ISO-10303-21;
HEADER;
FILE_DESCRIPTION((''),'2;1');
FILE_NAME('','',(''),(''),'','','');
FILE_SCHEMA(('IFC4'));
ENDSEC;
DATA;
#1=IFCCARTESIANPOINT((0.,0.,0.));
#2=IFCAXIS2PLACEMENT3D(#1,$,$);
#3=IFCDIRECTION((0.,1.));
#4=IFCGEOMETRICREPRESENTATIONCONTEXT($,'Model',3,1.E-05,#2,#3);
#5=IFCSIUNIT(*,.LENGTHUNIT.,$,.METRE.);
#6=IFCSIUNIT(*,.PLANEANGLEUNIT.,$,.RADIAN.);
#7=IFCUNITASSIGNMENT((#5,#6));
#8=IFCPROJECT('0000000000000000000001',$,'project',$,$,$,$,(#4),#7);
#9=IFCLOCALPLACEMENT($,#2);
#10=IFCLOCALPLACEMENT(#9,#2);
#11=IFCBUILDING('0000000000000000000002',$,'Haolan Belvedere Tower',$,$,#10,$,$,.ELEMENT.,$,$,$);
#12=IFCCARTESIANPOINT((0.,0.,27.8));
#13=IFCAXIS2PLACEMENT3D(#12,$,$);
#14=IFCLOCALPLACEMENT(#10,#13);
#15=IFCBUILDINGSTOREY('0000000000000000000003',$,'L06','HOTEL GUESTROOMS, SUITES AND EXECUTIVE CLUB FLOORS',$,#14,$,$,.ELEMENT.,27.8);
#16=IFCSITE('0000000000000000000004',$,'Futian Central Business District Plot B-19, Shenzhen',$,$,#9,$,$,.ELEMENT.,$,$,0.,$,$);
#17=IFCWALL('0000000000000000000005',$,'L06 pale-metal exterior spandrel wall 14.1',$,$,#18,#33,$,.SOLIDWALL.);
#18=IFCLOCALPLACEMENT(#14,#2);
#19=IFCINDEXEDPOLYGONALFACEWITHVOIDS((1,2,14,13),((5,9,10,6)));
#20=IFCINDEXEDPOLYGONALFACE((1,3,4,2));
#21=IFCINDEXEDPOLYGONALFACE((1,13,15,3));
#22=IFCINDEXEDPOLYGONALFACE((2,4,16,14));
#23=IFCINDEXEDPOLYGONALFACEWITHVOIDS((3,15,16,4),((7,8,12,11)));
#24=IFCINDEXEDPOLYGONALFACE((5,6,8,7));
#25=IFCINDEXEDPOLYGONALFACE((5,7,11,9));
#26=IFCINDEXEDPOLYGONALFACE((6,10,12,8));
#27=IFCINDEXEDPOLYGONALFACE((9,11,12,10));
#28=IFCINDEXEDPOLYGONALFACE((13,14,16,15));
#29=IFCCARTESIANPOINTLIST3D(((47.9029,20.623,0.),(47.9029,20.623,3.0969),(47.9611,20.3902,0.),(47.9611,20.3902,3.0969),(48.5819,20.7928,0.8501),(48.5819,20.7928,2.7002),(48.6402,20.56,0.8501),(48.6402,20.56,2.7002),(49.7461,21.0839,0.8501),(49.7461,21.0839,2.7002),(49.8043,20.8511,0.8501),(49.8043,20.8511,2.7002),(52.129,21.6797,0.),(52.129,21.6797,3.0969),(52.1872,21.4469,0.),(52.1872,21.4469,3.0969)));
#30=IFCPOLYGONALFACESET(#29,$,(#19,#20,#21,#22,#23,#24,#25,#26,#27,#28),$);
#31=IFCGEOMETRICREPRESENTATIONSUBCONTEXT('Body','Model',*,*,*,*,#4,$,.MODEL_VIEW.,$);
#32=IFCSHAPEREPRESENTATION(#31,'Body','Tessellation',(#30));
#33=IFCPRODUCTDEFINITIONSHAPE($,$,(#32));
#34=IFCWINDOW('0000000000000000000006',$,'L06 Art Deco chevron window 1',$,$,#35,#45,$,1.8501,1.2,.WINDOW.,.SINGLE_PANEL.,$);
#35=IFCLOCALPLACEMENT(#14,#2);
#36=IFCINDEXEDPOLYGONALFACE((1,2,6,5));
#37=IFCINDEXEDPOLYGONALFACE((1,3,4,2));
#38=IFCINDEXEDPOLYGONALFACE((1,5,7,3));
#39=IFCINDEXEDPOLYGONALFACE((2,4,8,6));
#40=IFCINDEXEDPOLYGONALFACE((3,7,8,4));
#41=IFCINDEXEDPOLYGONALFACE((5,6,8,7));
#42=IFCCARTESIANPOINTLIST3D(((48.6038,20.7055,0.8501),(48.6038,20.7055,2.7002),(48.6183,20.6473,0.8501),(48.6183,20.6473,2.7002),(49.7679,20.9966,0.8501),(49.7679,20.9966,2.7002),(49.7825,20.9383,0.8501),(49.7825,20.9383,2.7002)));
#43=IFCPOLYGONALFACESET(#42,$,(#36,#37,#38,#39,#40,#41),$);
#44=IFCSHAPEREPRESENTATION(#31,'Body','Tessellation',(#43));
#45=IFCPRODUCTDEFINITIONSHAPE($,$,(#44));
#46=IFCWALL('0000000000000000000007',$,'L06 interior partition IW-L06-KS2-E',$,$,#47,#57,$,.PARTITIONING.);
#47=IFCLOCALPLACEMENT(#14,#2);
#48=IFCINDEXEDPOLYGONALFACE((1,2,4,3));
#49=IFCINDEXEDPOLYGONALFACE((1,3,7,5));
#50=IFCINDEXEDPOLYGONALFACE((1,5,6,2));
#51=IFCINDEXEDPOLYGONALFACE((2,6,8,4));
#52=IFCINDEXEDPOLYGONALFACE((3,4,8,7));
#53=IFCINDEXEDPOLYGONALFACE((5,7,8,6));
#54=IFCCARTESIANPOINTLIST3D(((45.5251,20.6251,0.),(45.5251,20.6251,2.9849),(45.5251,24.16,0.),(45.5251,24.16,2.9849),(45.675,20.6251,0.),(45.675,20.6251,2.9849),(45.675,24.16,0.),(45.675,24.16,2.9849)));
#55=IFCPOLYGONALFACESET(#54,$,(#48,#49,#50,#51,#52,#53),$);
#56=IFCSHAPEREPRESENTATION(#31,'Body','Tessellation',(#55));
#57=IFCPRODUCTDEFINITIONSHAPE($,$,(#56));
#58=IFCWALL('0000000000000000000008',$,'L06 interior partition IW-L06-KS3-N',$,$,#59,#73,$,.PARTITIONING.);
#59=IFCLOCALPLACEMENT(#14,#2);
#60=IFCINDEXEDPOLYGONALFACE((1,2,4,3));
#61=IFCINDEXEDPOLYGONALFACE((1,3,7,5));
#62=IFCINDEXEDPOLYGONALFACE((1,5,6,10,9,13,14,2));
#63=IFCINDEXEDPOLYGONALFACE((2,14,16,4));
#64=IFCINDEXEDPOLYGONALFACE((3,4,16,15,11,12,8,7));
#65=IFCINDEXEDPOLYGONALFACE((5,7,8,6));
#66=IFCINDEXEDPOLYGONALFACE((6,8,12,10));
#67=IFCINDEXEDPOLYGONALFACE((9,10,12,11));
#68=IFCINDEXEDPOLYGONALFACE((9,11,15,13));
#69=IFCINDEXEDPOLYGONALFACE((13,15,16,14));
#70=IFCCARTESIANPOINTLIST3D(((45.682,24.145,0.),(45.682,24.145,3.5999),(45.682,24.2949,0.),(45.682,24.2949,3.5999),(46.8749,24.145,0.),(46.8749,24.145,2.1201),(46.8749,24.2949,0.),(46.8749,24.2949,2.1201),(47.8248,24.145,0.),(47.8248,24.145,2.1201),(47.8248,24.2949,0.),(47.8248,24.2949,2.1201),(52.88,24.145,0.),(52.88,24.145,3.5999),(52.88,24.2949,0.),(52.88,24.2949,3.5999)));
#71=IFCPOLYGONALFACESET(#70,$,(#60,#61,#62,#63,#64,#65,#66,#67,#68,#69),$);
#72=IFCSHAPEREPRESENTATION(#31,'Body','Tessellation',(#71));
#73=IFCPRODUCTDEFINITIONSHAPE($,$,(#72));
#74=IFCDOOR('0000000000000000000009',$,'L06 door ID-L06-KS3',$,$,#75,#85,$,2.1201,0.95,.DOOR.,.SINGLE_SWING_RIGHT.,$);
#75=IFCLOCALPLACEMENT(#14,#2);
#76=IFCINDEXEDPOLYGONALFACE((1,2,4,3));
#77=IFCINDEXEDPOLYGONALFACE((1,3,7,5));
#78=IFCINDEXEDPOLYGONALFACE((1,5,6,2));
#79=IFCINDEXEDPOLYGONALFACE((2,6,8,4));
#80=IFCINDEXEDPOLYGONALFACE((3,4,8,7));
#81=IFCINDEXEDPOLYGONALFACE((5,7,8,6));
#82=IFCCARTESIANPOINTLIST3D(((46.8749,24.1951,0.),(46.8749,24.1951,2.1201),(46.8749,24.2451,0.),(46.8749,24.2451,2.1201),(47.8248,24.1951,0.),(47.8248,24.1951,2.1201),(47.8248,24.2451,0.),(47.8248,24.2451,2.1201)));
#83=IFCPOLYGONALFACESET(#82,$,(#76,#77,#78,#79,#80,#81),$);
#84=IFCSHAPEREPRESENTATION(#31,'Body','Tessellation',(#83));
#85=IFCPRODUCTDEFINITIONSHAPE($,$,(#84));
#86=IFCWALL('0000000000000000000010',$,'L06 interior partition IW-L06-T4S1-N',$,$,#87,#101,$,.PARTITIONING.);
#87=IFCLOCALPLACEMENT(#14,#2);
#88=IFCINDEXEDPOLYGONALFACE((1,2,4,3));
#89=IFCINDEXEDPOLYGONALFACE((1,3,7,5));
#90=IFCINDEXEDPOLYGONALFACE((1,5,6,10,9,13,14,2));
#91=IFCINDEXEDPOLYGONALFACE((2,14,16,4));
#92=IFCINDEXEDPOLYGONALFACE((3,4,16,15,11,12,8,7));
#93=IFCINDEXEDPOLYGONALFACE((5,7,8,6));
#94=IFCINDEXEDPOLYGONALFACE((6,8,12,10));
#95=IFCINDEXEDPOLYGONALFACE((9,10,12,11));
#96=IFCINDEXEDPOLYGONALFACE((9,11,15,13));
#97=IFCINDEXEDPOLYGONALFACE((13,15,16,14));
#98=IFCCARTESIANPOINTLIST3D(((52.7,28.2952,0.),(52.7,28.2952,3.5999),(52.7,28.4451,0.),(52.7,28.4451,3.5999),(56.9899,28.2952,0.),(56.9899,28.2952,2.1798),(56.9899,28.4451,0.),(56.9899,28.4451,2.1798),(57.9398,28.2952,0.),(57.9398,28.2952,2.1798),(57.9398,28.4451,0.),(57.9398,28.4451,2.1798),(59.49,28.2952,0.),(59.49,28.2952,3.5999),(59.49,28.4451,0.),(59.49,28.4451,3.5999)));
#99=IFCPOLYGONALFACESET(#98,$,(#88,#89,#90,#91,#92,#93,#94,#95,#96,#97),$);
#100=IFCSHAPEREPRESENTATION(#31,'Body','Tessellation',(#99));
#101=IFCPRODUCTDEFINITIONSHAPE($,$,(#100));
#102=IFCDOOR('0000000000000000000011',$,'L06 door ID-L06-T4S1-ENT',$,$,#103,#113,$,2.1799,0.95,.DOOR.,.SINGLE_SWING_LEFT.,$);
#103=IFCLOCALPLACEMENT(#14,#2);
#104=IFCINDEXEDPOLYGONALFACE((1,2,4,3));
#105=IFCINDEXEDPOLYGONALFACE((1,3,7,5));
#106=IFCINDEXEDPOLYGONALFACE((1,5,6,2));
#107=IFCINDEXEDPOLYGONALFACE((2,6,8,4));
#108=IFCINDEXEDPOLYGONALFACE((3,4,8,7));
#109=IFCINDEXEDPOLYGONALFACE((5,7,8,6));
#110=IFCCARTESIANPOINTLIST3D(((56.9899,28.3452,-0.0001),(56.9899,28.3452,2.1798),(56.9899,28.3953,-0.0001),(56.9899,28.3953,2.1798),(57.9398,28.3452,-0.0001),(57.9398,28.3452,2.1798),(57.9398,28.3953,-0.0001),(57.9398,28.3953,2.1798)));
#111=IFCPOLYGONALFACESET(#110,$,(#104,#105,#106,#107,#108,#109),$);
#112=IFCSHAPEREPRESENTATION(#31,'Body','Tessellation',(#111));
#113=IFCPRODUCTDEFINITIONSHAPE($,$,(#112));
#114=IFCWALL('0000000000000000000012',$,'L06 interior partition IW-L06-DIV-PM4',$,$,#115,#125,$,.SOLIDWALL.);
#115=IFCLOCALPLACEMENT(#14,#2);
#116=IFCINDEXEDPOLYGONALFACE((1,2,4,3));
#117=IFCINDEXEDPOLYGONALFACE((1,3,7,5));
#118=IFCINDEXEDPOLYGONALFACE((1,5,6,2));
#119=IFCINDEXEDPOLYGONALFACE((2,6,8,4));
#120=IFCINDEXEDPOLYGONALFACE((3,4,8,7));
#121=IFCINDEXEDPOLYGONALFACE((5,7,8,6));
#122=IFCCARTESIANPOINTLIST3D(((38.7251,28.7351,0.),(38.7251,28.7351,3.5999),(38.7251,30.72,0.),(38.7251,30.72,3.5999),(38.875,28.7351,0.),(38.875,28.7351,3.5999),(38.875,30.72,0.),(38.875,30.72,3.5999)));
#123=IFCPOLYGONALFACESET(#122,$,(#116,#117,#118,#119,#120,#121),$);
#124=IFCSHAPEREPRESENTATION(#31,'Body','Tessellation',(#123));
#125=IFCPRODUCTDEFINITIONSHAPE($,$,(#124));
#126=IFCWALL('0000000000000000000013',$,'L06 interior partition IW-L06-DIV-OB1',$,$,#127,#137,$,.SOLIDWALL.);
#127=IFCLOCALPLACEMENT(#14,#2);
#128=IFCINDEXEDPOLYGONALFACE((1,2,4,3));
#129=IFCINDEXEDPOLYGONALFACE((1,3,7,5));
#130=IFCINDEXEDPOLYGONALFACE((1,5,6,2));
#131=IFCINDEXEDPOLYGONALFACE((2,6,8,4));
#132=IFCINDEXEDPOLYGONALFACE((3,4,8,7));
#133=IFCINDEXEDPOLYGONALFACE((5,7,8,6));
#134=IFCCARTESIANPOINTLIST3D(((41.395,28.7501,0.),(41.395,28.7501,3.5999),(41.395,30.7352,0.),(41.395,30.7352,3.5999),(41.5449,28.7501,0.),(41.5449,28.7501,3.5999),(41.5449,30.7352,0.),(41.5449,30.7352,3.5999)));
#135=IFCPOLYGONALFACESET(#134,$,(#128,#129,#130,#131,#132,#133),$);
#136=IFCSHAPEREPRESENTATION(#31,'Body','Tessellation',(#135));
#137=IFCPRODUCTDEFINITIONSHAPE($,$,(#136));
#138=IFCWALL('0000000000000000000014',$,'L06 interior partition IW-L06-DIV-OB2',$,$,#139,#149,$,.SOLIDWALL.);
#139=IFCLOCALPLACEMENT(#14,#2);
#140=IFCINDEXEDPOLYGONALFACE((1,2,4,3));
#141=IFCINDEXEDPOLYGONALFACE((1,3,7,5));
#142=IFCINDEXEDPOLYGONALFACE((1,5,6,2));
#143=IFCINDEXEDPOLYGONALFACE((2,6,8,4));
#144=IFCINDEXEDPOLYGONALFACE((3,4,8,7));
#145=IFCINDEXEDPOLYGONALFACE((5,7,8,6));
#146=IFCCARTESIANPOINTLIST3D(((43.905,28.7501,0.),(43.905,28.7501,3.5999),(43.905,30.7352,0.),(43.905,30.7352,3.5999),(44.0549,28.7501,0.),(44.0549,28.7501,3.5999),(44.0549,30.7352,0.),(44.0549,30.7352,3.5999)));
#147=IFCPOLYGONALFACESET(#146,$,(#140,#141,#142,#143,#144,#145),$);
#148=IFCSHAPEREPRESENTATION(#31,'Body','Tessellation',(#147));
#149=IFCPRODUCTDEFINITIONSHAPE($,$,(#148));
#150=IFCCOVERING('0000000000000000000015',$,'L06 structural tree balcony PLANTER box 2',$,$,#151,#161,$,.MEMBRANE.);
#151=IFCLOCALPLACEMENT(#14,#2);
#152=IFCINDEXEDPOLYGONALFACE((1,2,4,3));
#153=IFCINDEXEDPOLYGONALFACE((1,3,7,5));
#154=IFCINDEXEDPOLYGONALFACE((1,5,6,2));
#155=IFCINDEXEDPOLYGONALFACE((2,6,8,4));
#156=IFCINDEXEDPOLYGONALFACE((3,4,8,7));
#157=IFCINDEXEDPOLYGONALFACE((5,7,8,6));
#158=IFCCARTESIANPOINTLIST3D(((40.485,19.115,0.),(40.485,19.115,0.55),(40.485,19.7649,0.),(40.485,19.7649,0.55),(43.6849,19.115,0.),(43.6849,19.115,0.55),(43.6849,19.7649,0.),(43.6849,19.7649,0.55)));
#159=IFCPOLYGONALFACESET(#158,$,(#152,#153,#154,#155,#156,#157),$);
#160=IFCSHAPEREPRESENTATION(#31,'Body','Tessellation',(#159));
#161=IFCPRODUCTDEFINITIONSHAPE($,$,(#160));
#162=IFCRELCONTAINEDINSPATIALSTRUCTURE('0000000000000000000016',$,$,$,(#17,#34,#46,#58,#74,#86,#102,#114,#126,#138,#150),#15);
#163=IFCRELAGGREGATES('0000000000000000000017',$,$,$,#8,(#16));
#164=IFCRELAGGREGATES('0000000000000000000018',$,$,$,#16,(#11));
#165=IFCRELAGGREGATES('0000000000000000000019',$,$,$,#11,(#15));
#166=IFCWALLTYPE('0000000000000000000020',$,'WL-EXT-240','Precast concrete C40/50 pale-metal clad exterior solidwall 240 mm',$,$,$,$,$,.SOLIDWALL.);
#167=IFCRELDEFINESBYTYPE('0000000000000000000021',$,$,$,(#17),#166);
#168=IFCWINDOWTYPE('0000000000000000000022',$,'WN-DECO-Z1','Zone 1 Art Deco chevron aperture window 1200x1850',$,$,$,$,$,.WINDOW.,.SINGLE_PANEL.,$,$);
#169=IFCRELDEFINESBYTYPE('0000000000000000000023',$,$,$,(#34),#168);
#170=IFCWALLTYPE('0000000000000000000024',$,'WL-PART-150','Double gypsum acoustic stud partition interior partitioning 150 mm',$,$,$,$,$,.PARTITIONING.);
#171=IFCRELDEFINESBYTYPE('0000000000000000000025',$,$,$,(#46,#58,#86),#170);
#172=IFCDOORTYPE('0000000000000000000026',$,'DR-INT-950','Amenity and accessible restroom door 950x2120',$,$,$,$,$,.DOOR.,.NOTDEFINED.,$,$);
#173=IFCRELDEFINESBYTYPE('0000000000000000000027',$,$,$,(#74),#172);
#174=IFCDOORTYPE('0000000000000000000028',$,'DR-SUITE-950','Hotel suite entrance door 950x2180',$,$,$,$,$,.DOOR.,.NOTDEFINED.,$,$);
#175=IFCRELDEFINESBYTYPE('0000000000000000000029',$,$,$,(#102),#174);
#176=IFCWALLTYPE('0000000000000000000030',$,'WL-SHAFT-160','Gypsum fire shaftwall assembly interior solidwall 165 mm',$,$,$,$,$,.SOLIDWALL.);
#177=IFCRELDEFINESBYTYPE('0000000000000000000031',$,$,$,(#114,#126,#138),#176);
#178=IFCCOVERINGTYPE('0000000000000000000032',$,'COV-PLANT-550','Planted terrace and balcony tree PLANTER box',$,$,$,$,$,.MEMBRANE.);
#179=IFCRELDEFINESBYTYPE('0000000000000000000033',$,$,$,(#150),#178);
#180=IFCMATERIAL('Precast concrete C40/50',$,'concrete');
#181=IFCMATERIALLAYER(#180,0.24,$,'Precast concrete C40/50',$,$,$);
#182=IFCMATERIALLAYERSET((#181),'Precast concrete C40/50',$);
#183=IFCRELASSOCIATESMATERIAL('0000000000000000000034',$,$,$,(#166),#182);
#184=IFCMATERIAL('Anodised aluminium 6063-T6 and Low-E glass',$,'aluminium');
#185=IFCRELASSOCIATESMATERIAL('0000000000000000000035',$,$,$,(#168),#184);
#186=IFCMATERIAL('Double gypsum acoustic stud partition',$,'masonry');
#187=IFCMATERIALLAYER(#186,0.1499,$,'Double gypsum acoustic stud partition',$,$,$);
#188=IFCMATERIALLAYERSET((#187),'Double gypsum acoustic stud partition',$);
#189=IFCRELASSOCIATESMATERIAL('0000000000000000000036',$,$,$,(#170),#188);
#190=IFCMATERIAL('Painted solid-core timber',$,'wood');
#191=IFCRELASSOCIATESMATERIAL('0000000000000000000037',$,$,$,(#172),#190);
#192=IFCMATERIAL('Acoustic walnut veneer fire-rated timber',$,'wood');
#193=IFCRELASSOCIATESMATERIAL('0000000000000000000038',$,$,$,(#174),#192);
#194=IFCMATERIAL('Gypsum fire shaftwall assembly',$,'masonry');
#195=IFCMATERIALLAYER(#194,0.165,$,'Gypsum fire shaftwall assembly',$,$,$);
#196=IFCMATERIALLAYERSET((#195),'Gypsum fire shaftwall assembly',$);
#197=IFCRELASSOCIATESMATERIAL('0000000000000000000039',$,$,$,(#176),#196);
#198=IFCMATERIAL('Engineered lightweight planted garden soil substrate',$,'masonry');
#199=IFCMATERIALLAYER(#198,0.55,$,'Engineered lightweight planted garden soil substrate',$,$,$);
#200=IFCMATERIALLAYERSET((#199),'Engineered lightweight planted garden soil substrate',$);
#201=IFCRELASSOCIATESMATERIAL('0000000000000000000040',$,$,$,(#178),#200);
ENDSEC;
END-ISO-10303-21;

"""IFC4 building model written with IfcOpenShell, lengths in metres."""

from ifc_helpers import new_model, si_unit, direction, frame, frame_2d, origin, origin_2d, place, context, subcontext, project, spatial, rectangle, extrude, material, layer, layer_set, type_object, element, fill, save


model = new_model("IFC4")

# Units and contexts
model_context = context("Model", 3, precision=1e-05, world=origin(), true_north=direction((0.0, 1.0)))
body_context = subcontext(model_context, "Body", "Model", "MODEL_VIEW")
ifc_project = project(units=[si_unit("LENGTHUNIT", "METRE"), si_unit("PLANEANGLEUNIT", "RADIAN")], contexts=[model_context])

# Site, building, storey
site_placement = place(None, origin())
site = spatial("IfcSite", under=ifc_project, at=site_placement, Name="Futian Central Business District Plot B-19, Shenzhen", CompositionType="ELEMENT", RefElevation=0.0)
building_placement = place(site_placement, origin())
building = spatial("IfcBuilding", under=site, at=building_placement, Name="Haolan Belvedere Tower", CompositionType="ELEMENT")
storey_placement = place(building_placement, frame((0.0, 0.0, 27.8)))
storey = spatial("IfcBuildingStorey", under=building, at=storey_placement, Name="L06", Description="HOTEL GUESTROOMS, SUITES AND EXECUTIVE CLUB FLOORS", CompositionType="ELEMENT", Elevation=27.8)

# Wall, opening, window
ifc_material_1 = material(Name="Precast concrete C40/50", Category="concrete")
ifc_layer_1 = layer(ifc_material_1, 0.24, Name="Precast concrete C40/50")
ifc_layer_set_1 = layer_set([ifc_layer_1], Name="Precast concrete C40/50")
wall_type_1 = type_object("IfcWallType", Name="WL-EXT-240", Description="Precast concrete C40/50 pale-metal clad exterior solidwall 240 mm", PredefinedType="SOLIDWALL", material=ifc_layer_set_1)
wall_1_placement = place(storey_placement, frame((47.9319, 20.5066, 0.0), z_axis=(0.0, 0.0, 1.0), x_axis=(0.970136, 0.242562, 0.0)))
wall_1 = element("IfcWall", 1, at=wall_1_placement, inside=storey, type_object=wall_type_1, Name="L06 pale-metal exterior spandrel wall 14.1", PredefinedType="SOLIDWALL", context=body_context, shape_type="SweptSolid", body=[
    extrude(rectangle(XDim=4.3562, YDim=0.24, at=frame_2d((2.1782, 0.0))), origin(), (0.0, 0.0, 1.0), 3.0969),
])
opening_1_placement = place(wall_1_placement, frame((0.7, 0.0, 0.8501)))
opening_1 = element("IfcOpeningElement", 2, at=opening_1_placement, cuts=wall_1, PredefinedType="OPENING", context=body_context, shape_type="SweptSolid", body=[
    extrude(rectangle(XDim=1.2, YDim=1.8501, at=frame_2d((0.6001, 0.925))), frame((0.0, 0.1299, 0.0), z_axis=(0.0, -1.0, 0.0), x_axis=(1.0, 0.0, 0.0)), (0.0, 0.0, 1.0), 0.26),
])
ifc_material_2 = material(Name="Anodised aluminium 6063-T6 and Low-E glass", Category="aluminium")
window_type = type_object("IfcWindowType", Name="WN-DECO-Z1", Description="Zone 1 Art Deco chevron aperture window 1200x1850", PartitioningType="SINGLE_PANEL", PredefinedType="WINDOW", material=ifc_material_2)
window_placement = place(opening_1_placement, origin())
window = element("IfcWindow", 3, at=window_placement, inside=storey, type_object=window_type, Name="L06 Art Deco chevron window 1", OverallHeight=1.8501, OverallWidth=1.2, PartitioningType="SINGLE_PANEL", PredefinedType="WINDOW", context=body_context, shape_type="SweptSolid", body=[
    extrude(rectangle(XDim=1.2, YDim=1.8501, at=frame_2d((0.6001, 0.925))), frame((0.0, 0.03, 0.0), z_axis=(0.0, -1.0, 0.0), x_axis=(1.0, 0.0, 0.0)), (0.0, 0.0, 1.0), 0.0601),
])
fill(opening_1, window)

# Wall
ifc_material_3 = material(Name="Double gypsum acoustic stud partition", Category="masonry")
ifc_layer_2 = layer(ifc_material_3, 0.1499, Name="Double gypsum acoustic stud partition")
ifc_layer_set_2 = layer_set([ifc_layer_2], Name="Double gypsum acoustic stud partition")
wall_type_2 = type_object("IfcWallType", Name="WL-PART-150", Description="Double gypsum acoustic stud partition interior partitioning 150 mm", PredefinedType="PARTITIONING", material=ifc_layer_set_2)
wall_2_placement = place(storey_placement, frame((45.6001, 20.625, 0.0), z_axis=(0.0, 0.0, 1.0), x_axis=(0.0, 1.0, 0.0)))
element("IfcWall", 4, at=wall_2_placement, inside=storey, type_object=wall_type_2, Name="L06 interior partition IW-L06-KS2-E", PredefinedType="PARTITIONING", context=body_context, shape_type="SweptSolid", body=[
    extrude(rectangle(XDim=3.5349, YDim=0.1499, at=frame_2d((1.7676, 0.0))), origin(), (0.0, 0.0, 1.0), 2.9849),
])

# Walls, openings, doors
wall_3_placement = place(storey_placement, frame((45.6819, 24.22, 0.0), z_axis=(0.0, 0.0, 1.0), x_axis=(1.0, 0.0, 0.0)))
wall_3 = element("IfcWall", 5, at=wall_3_placement, inside=storey, type_object=wall_type_2, Name="L06 interior partition IW-L06-KS3-N", PredefinedType="PARTITIONING", context=body_context, shape_type="SweptSolid", body=[
    extrude(rectangle(XDim=7.198, YDim=0.1499, at=frame_2d((3.5991, 0.0))), origin(), (0.0, 0.0, 1.0), 3.5999),
])
opening_2_placement = place(wall_3_placement, frame((2.1431, 0.0, 0.0), z_axis=(0.0, 0.0, 1.0), x_axis=(-1.0, 0.0, 0.0)))
opening_2 = element("IfcOpeningElement", 6, at=opening_2_placement, cuts=wall_3, PredefinedType="OPENING", context=body_context, shape_type="SweptSolid", body=[
    extrude(rectangle(XDim=0.95, YDim=2.1201, at=frame_2d((0.4751, 1.0601))), frame((0.0, 0.085, 0.0), z_axis=(0.0, -1.0, 0.0), x_axis=(1.0, 0.0, 0.0)), (0.0, 0.0, 1.0), 0.1699),
])
ifc_material_4 = material(Name="Painted solid-core timber", Category="wood")
door_type_1 = type_object("IfcDoorType", Name="DR-INT-950", Description="Amenity and accessible restroom door 950x2120", OperationType="NOTDEFINED", PredefinedType="DOOR", material=ifc_material_4)
door_1_placement = place(opening_2_placement, origin())
door_1 = element("IfcDoor", 7, at=door_1_placement, inside=storey, type_object=door_type_1, Name="L06 door ID-L06-KS3", OperationType="SINGLE_SWING_RIGHT", OverallHeight=2.1201, OverallWidth=0.95, PredefinedType="DOOR", context=body_context, shape_type="SweptSolid", body=[
    extrude(rectangle(XDim=0.95, YDim=2.1201, at=frame_2d((0.4751, 1.0601))), frame((0.0, 0.0249, 0.0), z_axis=(0.0, -1.0, 0.0), x_axis=(1.0, 0.0, 0.0)), (0.0, 0.0, 1.0), 0.05),
])
fill(opening_2, door_1)
wall_4_placement = place(storey_placement, frame((52.7, 28.3701, 0.0), z_axis=(0.0, 0.0, 1.0), x_axis=(1.0, 0.0, 0.0)))
wall_4 = element("IfcWall", 8, at=wall_4_placement, inside=storey, type_object=wall_type_2, Name="L06 interior partition IW-L06-T4S1-N", PredefinedType="PARTITIONING", context=body_context, shape_type="SweptSolid", body=[
    extrude(rectangle(XDim=6.79, YDim=0.1499, at=frame_2d((3.395, 0.0))), origin(), (0.0, 0.0, 1.0), 3.5999),
])
opening_3_placement = place(wall_4_placement, frame((5.24, 0.0, 0.0), z_axis=(0.0, 0.0, 1.0), x_axis=(-1.0, 0.0, 0.0)))
opening_3 = element("IfcOpeningElement", 9, at=opening_3_placement, cuts=wall_4, PredefinedType="OPENING", context=body_context, shape_type="SweptSolid", body=[
    extrude(rectangle(XDim=0.95, YDim=2.1799, at=frame_2d((0.4751, 1.0898))), frame((0.0, 0.085, 0.0), z_axis=(0.0, -1.0, 0.0), x_axis=(1.0, 0.0, 0.0)), (0.0, 0.0, 1.0), 0.1699),
])
ifc_material_5 = material(Name="Acoustic walnut veneer fire-rated timber", Category="wood")
door_type_2 = type_object("IfcDoorType", Name="DR-SUITE-950", Description="Hotel suite entrance door 950x2180", OperationType="NOTDEFINED", PredefinedType="DOOR", material=ifc_material_5)
door_2_placement = place(opening_3_placement, origin())
door_2 = element("IfcDoor", 10, at=door_2_placement, inside=storey, type_object=door_type_2, Name="L06 door ID-L06-T4S1-ENT", OperationType="SINGLE_SWING_LEFT", OverallHeight=2.1799, OverallWidth=0.95, PredefinedType="DOOR", context=body_context, shape_type="SweptSolid", body=[
    extrude(rectangle(XDim=0.95, YDim=2.1799, at=frame_2d((0.4751, 1.0898))), frame((0.0, 0.0249, 0.0), z_axis=(0.0, -1.0, 0.0), x_axis=(1.0, 0.0, 0.0)), (0.0, 0.0, 1.0), 0.05),
])
fill(opening_3, door_2)

# Walls
ifc_material_6 = material(Name="Gypsum fire shaftwall assembly", Category="masonry")
ifc_layer_3 = layer(ifc_material_6, 0.165, Name="Gypsum fire shaftwall assembly")
ifc_layer_set_3 = layer_set([ifc_layer_3], Name="Gypsum fire shaftwall assembly")
wall_type_3 = type_object("IfcWallType", Name="WL-SHAFT-160", Description="Gypsum fire shaftwall assembly interior solidwall 165 mm", PredefinedType="SOLIDWALL", material=ifc_layer_set_3)
wall_5_placement = place(storey_placement, frame((38.8, 28.7351, 0.0), z_axis=(0.0, 0.0, 1.0), x_axis=(0.0, 1.0, 0.0)))
element("IfcWall", 11, at=wall_5_placement, inside=storey, type_object=wall_type_3, Name="L06 interior partition IW-L06-DIV-PM4", PredefinedType="SOLIDWALL", context=body_context, shape_type="SweptSolid", body=[
    extrude(rectangle(XDim=1.9849, YDim=0.1499, at=frame_2d((0.9924, 0.0))), origin(), (0.0, 0.0, 1.0), 3.5999),
])
for number, where, z_axis, x_axis, name in (
    (12, (41.47, 28.75, 0.0), (0.0, 0.0, 1.0), (0.0, 1.0, 0.0), "L06 interior partition IW-L06-DIV-OB1"),
    (13, (43.98, 28.75, 0.0), (0.0, 0.0, 1.0), (0.0, 1.0, 0.0), "L06 interior partition IW-L06-DIV-OB2"),
):
    element("IfcWall", number, at=place(storey_placement, frame(where, z_axis=z_axis, x_axis=x_axis)), inside=storey, type_object=wall_type_3, Name=name, PredefinedType="SOLIDWALL", context=body_context, shape_type="SweptSolid", body=[
        extrude(rectangle(XDim=1.9851, YDim=0.1499, at=frame_2d((0.9927, 0.0))), origin(), (0.0, 0.0, 1.0), 3.5999),
    ])

# Covering
ifc_material_7 = material(Name="Engineered lightweight planted garden soil substrate", Category="masonry")
ifc_layer_4 = layer(ifc_material_7, 0.55, Name="Engineered lightweight planted garden soil substrate")
ifc_layer_set_4 = layer_set([ifc_layer_4], Name="Engineered lightweight planted garden soil substrate")
covering_type = type_object("IfcCoveringType", Name="COV-PLANT-550", Description="Planted terrace and balcony tree PLANTER box", PredefinedType="MEMBRANE", material=ifc_layer_set_4)
covering_placement = place(storey_placement, frame((42.085, 19.4399, 0.0), z_axis=(0.0, 0.0, 1.0), x_axis=(1.0, 0.0, 0.0)))
element("IfcCovering", 14, at=covering_placement, inside=storey, type_object=covering_type, Name="L06 structural tree balcony PLANTER box 2", PredefinedType="MEMBRANE", context=body_context, shape_type="SweptSolid", body=[
    extrude(rectangle(XDim=3.2, YDim=0.6499, at=origin_2d()), origin(), (0.0, 0.0, 1.0), 0.55),
])

save(model, "model.ifc")
